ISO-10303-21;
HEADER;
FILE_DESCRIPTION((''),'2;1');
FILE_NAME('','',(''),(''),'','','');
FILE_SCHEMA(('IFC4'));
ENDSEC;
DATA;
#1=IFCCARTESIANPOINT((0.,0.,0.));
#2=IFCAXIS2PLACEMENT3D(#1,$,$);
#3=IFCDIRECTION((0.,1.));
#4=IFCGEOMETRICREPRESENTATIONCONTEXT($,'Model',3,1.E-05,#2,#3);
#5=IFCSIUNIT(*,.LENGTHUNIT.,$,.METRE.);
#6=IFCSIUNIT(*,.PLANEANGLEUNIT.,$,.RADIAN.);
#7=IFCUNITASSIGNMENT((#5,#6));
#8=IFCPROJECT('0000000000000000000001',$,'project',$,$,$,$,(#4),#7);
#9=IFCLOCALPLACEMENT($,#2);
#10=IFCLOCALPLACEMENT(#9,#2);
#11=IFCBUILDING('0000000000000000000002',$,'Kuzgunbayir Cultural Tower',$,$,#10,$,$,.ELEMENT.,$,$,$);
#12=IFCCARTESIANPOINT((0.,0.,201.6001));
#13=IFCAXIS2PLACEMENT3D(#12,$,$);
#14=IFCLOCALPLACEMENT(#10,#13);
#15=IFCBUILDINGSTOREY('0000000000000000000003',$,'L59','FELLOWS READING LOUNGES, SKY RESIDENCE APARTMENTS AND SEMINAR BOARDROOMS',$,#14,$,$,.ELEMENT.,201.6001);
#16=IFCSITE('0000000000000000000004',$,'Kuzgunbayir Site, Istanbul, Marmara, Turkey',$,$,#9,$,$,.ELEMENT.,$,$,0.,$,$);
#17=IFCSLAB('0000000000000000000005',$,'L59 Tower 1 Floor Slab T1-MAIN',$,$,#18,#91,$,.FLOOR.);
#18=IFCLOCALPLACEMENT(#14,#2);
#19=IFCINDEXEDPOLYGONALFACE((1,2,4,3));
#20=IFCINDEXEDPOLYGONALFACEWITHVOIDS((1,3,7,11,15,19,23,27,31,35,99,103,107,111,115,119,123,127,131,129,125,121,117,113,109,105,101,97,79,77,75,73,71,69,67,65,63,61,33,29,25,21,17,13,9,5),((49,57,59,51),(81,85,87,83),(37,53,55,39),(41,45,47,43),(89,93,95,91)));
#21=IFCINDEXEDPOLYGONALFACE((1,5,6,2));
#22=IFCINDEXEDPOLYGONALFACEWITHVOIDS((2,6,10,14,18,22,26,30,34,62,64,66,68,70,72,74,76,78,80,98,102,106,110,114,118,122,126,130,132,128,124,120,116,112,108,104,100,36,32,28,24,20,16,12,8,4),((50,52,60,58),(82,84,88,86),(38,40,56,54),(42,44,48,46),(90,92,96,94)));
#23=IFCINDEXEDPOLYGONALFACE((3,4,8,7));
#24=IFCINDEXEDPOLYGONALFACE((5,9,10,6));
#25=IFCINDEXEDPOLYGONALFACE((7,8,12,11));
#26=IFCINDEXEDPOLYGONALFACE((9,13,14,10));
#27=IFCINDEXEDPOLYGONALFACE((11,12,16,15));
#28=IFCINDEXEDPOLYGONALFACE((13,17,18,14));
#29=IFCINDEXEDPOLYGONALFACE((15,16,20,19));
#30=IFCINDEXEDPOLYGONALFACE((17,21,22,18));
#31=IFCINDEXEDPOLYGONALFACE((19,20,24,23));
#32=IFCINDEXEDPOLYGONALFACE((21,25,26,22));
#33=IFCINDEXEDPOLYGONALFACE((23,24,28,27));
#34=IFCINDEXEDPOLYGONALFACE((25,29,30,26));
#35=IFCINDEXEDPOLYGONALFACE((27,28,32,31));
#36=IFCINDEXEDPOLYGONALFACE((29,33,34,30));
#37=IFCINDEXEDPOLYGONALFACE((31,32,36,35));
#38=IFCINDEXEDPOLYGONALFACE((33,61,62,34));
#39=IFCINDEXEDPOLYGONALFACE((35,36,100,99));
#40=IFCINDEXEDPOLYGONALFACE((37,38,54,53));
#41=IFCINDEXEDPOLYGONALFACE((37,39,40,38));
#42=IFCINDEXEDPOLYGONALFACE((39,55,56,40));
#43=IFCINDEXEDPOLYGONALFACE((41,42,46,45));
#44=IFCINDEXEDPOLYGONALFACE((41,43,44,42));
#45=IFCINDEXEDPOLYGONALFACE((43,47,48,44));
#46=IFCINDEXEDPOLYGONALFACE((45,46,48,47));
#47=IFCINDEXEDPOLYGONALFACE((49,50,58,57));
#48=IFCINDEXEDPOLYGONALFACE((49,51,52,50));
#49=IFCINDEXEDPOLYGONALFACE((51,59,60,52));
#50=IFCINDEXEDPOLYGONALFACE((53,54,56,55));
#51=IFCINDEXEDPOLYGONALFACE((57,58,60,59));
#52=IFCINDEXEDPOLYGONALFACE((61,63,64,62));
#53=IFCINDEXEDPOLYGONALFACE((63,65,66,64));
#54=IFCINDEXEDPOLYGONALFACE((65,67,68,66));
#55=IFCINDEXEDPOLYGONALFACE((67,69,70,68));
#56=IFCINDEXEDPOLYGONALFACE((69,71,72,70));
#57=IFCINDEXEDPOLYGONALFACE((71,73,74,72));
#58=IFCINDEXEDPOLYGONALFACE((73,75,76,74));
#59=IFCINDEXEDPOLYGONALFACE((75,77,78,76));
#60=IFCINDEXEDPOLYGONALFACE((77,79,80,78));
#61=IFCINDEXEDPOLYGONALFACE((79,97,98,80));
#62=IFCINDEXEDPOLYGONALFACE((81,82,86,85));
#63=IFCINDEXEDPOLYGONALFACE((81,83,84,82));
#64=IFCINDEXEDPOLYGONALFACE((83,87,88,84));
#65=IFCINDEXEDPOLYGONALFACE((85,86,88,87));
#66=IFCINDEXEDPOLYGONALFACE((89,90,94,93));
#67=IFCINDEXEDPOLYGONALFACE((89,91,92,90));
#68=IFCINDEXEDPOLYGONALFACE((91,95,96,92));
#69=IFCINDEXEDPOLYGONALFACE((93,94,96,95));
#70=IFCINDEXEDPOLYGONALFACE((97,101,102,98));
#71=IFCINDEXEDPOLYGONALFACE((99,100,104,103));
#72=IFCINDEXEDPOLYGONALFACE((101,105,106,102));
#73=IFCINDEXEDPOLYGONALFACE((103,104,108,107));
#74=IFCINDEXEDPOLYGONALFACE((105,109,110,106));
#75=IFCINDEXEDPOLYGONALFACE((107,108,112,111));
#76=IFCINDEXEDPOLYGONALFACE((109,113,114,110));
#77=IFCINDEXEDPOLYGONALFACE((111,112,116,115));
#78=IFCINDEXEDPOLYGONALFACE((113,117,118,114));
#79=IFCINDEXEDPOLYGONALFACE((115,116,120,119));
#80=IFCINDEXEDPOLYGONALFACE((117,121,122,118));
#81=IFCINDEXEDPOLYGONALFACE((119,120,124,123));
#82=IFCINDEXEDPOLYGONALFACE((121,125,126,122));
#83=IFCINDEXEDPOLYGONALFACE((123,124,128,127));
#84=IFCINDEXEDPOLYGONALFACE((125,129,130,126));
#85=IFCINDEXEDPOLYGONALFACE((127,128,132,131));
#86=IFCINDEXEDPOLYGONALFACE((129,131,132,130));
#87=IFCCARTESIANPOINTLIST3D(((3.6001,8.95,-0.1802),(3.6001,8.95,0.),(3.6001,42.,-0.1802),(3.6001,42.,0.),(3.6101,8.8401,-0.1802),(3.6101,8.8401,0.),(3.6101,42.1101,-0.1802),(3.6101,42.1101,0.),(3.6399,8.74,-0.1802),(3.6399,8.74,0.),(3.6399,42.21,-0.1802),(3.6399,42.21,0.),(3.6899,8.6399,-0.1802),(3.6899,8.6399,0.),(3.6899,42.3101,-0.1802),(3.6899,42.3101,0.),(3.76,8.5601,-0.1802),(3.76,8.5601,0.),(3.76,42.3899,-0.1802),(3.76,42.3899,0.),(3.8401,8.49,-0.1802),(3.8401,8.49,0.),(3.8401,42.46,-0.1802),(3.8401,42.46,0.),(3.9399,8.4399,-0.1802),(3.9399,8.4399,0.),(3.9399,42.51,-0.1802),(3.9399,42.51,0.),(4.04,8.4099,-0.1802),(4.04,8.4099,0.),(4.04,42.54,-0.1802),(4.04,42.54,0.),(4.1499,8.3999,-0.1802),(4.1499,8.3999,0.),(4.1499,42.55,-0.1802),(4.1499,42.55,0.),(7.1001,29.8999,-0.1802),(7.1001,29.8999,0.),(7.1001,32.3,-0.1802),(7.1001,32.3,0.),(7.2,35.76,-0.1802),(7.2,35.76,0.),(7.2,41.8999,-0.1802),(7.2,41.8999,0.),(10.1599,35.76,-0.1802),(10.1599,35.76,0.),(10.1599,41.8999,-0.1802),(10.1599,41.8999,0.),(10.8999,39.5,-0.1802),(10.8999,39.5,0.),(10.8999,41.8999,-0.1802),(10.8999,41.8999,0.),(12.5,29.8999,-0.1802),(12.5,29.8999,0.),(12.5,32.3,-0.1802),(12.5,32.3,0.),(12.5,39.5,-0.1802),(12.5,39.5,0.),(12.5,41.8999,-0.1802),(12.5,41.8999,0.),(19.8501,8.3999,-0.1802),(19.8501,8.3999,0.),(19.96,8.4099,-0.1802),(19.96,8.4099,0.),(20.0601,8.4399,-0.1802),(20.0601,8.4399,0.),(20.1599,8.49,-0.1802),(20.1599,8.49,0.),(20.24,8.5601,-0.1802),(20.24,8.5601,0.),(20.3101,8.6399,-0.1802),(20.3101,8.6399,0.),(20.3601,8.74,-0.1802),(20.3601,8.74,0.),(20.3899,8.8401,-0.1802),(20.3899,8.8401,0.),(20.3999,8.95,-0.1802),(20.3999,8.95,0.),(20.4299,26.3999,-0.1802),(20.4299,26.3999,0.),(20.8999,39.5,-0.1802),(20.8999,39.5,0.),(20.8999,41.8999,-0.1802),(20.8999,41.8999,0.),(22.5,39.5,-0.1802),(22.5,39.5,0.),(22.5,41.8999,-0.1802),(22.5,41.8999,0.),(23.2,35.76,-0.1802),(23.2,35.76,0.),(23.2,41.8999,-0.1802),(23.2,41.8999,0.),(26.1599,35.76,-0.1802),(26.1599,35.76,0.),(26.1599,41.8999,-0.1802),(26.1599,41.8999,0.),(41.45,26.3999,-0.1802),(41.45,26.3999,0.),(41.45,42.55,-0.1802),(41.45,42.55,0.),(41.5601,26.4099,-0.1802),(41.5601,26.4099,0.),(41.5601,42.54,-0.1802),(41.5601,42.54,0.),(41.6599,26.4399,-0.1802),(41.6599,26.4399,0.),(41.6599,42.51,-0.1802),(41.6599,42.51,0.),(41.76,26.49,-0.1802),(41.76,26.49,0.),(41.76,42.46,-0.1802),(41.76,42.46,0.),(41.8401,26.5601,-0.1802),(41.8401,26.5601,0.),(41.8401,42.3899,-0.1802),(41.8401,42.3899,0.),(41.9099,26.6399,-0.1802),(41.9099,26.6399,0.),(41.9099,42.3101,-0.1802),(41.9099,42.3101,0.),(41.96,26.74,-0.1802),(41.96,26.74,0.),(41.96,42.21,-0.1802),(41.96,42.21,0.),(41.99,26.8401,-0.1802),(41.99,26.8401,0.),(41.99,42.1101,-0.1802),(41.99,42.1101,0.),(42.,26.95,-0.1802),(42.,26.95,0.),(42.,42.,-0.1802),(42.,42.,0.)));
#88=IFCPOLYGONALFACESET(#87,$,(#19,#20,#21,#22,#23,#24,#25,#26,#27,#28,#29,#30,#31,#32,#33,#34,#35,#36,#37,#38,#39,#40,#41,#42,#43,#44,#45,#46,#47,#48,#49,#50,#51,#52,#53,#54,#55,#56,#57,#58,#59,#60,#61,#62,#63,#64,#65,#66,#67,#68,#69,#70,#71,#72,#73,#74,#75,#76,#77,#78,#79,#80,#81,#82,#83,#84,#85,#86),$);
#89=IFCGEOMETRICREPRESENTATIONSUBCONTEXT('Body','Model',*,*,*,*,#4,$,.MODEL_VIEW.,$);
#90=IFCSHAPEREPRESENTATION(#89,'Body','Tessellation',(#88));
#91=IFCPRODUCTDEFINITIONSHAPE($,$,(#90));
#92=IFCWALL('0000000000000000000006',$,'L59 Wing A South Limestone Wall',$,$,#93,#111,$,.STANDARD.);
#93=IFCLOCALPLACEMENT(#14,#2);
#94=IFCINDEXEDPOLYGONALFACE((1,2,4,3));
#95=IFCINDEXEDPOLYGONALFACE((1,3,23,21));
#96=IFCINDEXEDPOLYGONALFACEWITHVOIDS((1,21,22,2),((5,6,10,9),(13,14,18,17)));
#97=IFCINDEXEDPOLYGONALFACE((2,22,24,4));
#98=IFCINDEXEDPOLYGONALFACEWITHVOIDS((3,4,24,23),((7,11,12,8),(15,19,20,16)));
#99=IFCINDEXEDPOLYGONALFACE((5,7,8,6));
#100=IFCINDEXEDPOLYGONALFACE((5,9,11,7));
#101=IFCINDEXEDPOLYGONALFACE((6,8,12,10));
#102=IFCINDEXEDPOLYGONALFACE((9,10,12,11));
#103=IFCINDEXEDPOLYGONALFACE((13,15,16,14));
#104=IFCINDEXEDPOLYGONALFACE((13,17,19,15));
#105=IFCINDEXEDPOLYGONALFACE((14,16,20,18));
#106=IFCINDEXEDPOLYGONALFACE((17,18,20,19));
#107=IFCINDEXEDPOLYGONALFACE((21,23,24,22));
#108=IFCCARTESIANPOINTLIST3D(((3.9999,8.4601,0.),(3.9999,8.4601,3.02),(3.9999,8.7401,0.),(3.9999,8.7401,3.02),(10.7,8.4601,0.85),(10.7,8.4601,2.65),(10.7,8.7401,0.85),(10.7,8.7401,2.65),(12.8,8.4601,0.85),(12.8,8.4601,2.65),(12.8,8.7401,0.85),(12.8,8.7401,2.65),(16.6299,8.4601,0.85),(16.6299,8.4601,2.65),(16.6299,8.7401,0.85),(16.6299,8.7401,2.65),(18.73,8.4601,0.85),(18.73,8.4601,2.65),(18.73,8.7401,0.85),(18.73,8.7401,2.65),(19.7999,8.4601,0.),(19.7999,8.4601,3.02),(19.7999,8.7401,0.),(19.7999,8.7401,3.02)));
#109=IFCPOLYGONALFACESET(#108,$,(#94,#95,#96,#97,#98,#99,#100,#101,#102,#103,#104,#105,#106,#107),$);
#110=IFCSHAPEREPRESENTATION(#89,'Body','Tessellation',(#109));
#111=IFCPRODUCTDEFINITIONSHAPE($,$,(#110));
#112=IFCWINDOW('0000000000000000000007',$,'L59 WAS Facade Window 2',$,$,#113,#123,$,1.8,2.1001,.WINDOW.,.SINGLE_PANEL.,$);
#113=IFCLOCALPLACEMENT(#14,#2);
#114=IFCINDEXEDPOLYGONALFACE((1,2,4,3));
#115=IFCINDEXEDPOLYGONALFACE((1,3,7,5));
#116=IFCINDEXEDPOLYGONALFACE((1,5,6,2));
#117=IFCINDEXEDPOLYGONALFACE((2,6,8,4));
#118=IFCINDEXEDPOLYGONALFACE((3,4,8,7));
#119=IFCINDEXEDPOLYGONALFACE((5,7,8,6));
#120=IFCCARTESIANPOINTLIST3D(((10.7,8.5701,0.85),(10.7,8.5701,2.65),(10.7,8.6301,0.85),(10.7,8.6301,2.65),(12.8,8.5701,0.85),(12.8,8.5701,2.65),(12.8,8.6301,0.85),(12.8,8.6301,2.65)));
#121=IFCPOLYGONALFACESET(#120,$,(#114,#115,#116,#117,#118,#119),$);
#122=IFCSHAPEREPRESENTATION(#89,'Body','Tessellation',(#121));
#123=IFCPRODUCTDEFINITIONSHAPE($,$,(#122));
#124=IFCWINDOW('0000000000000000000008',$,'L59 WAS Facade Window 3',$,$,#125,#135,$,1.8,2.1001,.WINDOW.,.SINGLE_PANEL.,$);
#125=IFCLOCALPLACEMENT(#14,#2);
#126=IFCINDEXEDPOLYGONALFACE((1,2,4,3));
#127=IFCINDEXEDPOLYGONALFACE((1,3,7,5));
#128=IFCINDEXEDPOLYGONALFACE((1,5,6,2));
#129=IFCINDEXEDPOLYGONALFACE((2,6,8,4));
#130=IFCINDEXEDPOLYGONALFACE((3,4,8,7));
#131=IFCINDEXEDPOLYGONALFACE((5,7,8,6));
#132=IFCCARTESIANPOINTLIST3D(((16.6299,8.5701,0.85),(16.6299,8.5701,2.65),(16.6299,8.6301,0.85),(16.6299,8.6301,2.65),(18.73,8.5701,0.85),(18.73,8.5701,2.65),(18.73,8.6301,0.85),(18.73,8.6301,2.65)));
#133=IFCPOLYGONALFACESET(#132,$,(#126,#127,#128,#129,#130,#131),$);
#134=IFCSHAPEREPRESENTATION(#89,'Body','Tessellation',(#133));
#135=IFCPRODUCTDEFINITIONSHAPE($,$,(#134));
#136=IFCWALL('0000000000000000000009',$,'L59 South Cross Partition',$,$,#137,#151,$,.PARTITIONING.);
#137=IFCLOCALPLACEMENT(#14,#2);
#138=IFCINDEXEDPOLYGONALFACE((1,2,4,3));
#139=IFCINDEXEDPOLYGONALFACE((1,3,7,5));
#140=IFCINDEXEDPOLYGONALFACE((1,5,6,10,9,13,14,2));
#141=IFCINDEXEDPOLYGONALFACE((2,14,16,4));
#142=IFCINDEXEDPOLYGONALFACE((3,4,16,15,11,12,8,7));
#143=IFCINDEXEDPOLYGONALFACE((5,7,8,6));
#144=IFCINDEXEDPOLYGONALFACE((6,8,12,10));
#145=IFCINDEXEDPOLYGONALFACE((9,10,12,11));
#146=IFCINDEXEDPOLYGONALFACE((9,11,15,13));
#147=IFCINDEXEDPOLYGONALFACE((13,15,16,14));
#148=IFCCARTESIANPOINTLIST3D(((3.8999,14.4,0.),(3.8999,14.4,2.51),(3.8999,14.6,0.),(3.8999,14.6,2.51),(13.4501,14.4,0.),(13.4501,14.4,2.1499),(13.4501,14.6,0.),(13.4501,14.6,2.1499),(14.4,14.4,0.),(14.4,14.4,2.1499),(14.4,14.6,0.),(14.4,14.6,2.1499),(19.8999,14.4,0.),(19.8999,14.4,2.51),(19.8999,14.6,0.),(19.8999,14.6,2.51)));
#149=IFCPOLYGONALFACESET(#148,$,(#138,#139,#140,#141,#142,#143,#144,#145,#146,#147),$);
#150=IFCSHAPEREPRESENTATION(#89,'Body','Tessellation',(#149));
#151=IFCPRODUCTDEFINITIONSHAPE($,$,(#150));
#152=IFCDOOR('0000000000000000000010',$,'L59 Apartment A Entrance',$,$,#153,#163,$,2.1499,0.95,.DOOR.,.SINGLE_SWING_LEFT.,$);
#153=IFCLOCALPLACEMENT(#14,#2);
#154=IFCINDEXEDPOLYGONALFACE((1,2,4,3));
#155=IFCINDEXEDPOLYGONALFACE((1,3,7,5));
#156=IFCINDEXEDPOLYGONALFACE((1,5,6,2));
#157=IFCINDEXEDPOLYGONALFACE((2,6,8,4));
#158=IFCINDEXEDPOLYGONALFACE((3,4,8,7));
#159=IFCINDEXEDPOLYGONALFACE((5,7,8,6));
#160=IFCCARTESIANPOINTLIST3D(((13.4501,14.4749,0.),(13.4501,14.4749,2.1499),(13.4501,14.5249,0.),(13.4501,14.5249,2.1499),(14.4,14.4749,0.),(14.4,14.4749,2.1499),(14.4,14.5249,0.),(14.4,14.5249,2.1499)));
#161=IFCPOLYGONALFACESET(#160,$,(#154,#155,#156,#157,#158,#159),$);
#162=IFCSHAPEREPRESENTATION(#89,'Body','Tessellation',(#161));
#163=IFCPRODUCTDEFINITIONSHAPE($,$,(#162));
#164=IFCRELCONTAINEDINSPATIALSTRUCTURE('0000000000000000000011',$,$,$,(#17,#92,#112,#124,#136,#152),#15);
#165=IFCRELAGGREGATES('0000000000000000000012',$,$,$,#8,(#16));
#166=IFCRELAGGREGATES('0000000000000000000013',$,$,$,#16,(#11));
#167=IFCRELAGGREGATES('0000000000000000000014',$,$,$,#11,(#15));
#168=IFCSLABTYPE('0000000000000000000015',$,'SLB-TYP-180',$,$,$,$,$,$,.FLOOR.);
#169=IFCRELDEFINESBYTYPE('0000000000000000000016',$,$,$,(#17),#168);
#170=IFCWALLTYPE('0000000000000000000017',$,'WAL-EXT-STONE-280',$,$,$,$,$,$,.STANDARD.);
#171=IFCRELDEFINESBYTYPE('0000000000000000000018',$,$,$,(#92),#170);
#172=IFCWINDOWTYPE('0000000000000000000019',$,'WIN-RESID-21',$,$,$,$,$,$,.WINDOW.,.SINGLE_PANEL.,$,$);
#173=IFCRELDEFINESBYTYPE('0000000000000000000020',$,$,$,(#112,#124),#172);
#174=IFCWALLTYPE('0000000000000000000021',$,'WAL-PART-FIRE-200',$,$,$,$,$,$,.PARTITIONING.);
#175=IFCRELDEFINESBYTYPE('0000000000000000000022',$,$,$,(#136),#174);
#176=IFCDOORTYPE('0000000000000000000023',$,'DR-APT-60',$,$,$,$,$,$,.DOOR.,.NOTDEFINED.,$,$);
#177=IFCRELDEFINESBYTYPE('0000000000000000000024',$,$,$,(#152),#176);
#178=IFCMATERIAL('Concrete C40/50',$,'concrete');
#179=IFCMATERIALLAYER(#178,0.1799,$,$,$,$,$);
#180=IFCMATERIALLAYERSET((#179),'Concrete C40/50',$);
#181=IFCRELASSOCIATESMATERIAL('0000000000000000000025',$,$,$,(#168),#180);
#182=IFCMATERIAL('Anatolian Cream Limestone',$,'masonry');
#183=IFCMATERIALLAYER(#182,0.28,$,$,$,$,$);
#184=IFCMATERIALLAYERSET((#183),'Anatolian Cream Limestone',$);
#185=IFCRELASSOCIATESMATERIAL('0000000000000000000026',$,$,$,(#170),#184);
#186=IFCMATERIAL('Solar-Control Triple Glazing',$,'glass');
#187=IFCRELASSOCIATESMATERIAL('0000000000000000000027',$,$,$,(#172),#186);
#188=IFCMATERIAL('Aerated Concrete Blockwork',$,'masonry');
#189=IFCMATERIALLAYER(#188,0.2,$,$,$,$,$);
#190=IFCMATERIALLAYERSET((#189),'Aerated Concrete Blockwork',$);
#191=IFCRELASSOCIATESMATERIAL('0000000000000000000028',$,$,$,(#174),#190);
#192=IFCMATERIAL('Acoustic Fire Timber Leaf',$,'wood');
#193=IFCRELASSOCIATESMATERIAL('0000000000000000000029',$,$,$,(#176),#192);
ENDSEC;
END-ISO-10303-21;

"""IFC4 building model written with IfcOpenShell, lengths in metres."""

from ifc_helpers import new_model, si_unit, direction, frame, frame_2d, origin, place, context, subcontext, project, spatial, polyline, rectangle, outline, extrude, material, layer, layer_set, type_object, element, fill, save


model = new_model("IFC4")

# Units and contexts
model_context = context("Model", 3, precision=1e-05, world=origin(), true_north=direction((0.0, 1.0)))
body_context = subcontext(model_context, "Body", "Model", "MODEL_VIEW")
ifc_project = project(units=[si_unit("LENGTHUNIT", "METRE"), si_unit("PLANEANGLEUNIT", "RADIAN")], contexts=[model_context])

# Site, building, storey
site_placement = place(None, origin())
site = spatial("IfcSite", under=ifc_project, at=site_placement, Name="Kuzgunbayir Site, Istanbul, Marmara, Turkey", CompositionType="ELEMENT", RefElevation=0.0)
building_placement = place(site_placement, origin())
building = spatial("IfcBuilding", under=site, at=building_placement, Name="Kuzgunbayir Cultural Tower", CompositionType="ELEMENT")
storey_placement = place(building_placement, frame((0.0, 0.0, 201.6001)))
storey = spatial("IfcBuildingStorey", under=building, at=storey_placement, Name="L59", Description="FELLOWS READING LOUNGES, SKY RESIDENCE APARTMENTS AND SEMINAR BOARDROOMS", CompositionType="ELEMENT", Elevation=201.6001)

# Shared definitions
ifc_material_1 = material(Name="Concrete C40/50", Category="concrete")

# Slab
ifc_layer_1 = layer(ifc_material_1, 0.1799)
ifc_layer_set_1 = layer_set([ifc_layer_1], Name="Concrete C40/50")
slab_type_1 = type_object("IfcSlabType", Name="SLB-TYP-180", PredefinedType="FLOOR", material=ifc_layer_set_1)
slab_1_placement = place(storey_placement, frame((0.0, 0.0, -0.1802)))
element("IfcSlab", 1, at=slab_1_placement, inside=storey, type_object=slab_type_1, Name="L59 Tower 1 Floor Slab T1-MAIN", PredefinedType="FLOOR", context=body_context, shape_type="SweptSolid", body=[
    extrude(outline(polyline([(20.3999, 8.95), (20.3899, 8.8401), (20.3601, 8.74), (20.3101, 8.6399), (20.24, 8.5601), (20.1599, 8.49), (20.0601, 8.4399), (19.96, 8.4099), (19.8501, 8.3999), (4.1499, 8.3999), (4.04, 8.4099), (3.9399, 8.4399), (3.8401, 8.49), (3.76, 8.5601), (3.6899, 8.6399), (3.6399, 8.74), (3.6101, 8.8401), (3.6001, 8.95), (3.6001, 42.0), (3.6101, 42.1101), (3.6399, 42.21), (3.6899, 42.3101), (3.76, 42.3899), (3.8401, 42.46), (3.9399, 42.51), (4.04, 42.54), (4.1499, 42.55), (41.45, 42.55), (41.5601, 42.54), (41.6599, 42.51), (41.76, 42.46), (41.8401, 42.3899), (41.9099, 42.3101), (41.96, 42.21), (41.99, 42.1101), (42.0, 42.0), (42.0, 26.95), (41.99, 26.8401), (41.96, 26.74), (41.9099, 26.6399), (41.8401, 26.5601), (41.76, 26.49), (41.6599, 26.4399), (41.5601, 26.4099), (41.45, 26.3999), (20.4299, 26.3999), (20.3999, 8.95)]), holes=[polyline([(7.2, 35.76), (7.2, 41.8999), (10.1599, 41.8999), (10.1599, 35.76), (7.2, 35.76)]), polyline([(23.2, 35.76), (23.2, 41.8999), (26.1599, 41.8999), (26.1599, 35.76), (23.2, 35.76)]), polyline([(7.1001, 29.8999), (7.1001, 32.3), (12.5, 32.3), (12.5, 29.8999), (7.1001, 29.8999)]), polyline([(10.8999, 39.5), (10.8999, 41.8999), (12.5, 41.8999), (12.5, 39.5), (10.8999, 39.5)]), polyline([(20.8999, 39.5), (20.8999, 41.8999), (22.5, 41.8999), (22.5, 39.5), (20.8999, 39.5)])]), origin(), (0.0, 0.0, 1.0), 0.1802),
])

# Wall, openings, windows
ifc_material_2 = material(Name="Anatolian Cream Limestone", Category="masonry")
ifc_layer_2 = layer(ifc_material_2, 0.28)
ifc_layer_set_2 = layer_set([ifc_layer_2], Name="Anatolian Cream Limestone")
wall_type_1 = type_object("IfcWallType", Name="WAL-EXT-STONE-280", PredefinedType="STANDARD", material=ifc_layer_set_2)
wall_1_placement = place(storey_placement, frame((4.0, 8.6001, 0.0), z_axis=(0.0, 0.0, 1.0), x_axis=(1.0, 0.0, 0.0)))
wall_1 = element("IfcWall", 2, at=wall_1_placement, inside=storey, type_object=wall_type_1, Name="L59 Wing A South Limestone Wall", PredefinedType="STANDARD", context=body_context, shape_type="SweptSolid", body=[
    extrude(rectangle(XDim=15.8, YDim=0.28, at=frame_2d((7.8999, 0.0))), origin(), (0.0, 0.0, 1.0), 3.02),
])
opening_1_placement = place(wall_1_placement, frame((6.7, 0.0, 0.8501)))
opening_1 = element("IfcOpeningElement", 3, at=opening_1_placement, cuts=wall_1, PredefinedType="OPENING", context=body_context, shape_type="SweptSolid", body=[
    extrude(rectangle(XDim=2.1001, YDim=1.8, at=frame_2d((1.05, 0.8999))), frame((0.0, 0.1499, 0.0), z_axis=(0.0, -1.0, 0.0), x_axis=(1.0, 0.0, 0.0)), (0.0, 0.0, 1.0), 0.3),
])
opening_2_placement = place(wall_1_placement, frame((12.6299, 0.0, 0.8501)))
opening_2 = element("IfcOpeningElement", 4, at=opening_2_placement, cuts=wall_1, PredefinedType="OPENING", context=body_context, shape_type="SweptSolid", body=[
    extrude(rectangle(XDim=2.1001, YDim=1.8, at=frame_2d((1.05, 0.8999))), frame((0.0, 0.1499, 0.0), z_axis=(0.0, -1.0, 0.0), x_axis=(1.0, 0.0, 0.0)), (0.0, 0.0, 1.0), 0.3),
])
ifc_material_3 = material(Name="Solar-Control Triple Glazing", Category="glass")
window_type = type_object("IfcWindowType", Name="WIN-RESID-21", PartitioningType="SINGLE_PANEL", PredefinedType="WINDOW", material=ifc_material_3)
window_1_placement = place(opening_1_placement, origin())
window_1 = element("IfcWindow", 5, at=window_1_placement, inside=storey, type_object=window_type, Name="L59 WAS Facade Window 2", OverallHeight=1.8, OverallWidth=2.1001, PartitioningType="SINGLE_PANEL", PredefinedType="WINDOW", context=body_context, shape_type="SweptSolid", body=[
    extrude(rectangle(XDim=2.1001, YDim=1.8, at=frame_2d((1.05, 0.8999))), frame((0.0, 0.03, 0.0), z_axis=(0.0, -1.0, 0.0), x_axis=(1.0, 0.0, 0.0)), (0.0, 0.0, 1.0), 0.0601),
])
fill(opening_1, window_1)
window_2_placement = place(opening_2_placement, origin())
window_2 = element("IfcWindow", 6, at=window_2_placement, inside=storey, type_object=window_type, Name="L59 WAS Facade Window 3", OverallHeight=1.8, OverallWidth=2.1001, PartitioningType="SINGLE_PANEL", PredefinedType="WINDOW", context=body_context, shape_type="SweptSolid", body=[
    extrude(rectangle(XDim=2.1001, YDim=1.8, at=frame_2d((1.05, 0.8999))), frame((0.0, 0.03, 0.0), z_axis=(0.0, -1.0, 0.0), x_axis=(1.0, 0.0, 0.0)), (0.0, 0.0, 1.0), 0.0601),
])
fill(opening_2, window_2)

# Shared definitions
ifc_material_4 = material(Name="Aerated Concrete Blockwork", Category="masonry")
ifc_layer_3 = layer(ifc_material_4, 0.2)
ifc_layer_set_3 = layer_set([ifc_layer_3], Name="Aerated Concrete Blockwork")
wall_type_2 = type_object("IfcWallType", Name="WAL-PART-FIRE-200", PredefinedType="PARTITIONING", material=ifc_layer_set_3)

# Wall, opening, door
wall_2_placement = place(storey_placement, frame((3.8999, 14.5, 0.0), z_axis=(0.0, 0.0, 1.0), x_axis=(1.0, 0.0, 0.0)))
wall_2 = element("IfcWall", 7, at=wall_2_placement, inside=storey, type_object=wall_type_2, Name="L59 South Cross Partition", PredefinedType="PARTITIONING", context=body_context, shape_type="SweptSolid", body=[
    extrude(rectangle(XDim=16.0, YDim=0.2, at=frame_2d((8.0, 0.0))), origin(), (0.0, 0.0, 1.0), 2.51),
])
opening_3_placement = place(wall_2_placement, frame((9.55, 0.0, 0.0)))
opening_3 = element("IfcOpeningElement", 8, at=opening_3_placement, cuts=wall_2, PredefinedType="OPENING", context=body_context, shape_type="SweptSolid", body=[
    extrude(rectangle(XDim=0.95, YDim=2.1499, at=frame_2d((0.4751, 1.075))), frame((0.0, 0.1099, 0.0), z_axis=(0.0, -1.0, 0.0), x_axis=(1.0, 0.0, 0.0)), (0.0, 0.0, 1.0), 0.22),
])
ifc_material_5 = material(Name="Acoustic Fire Timber Leaf", Category="wood")
door_type_1 = type_object("IfcDoorType", Name="DR-APT-60", OperationType="NOTDEFINED", PredefinedType="DOOR", material=ifc_material_5)
door_1_placement = place(opening_3_placement, origin())
door_1 = element("IfcDoor", 9, at=door_1_placement, inside=storey, type_object=door_type_1, Name="L59 Apartment A Entrance", OperationType="SINGLE_SWING_LEFT", OverallHeight=2.1499, OverallWidth=0.95, PredefinedType="DOOR", context=body_context, shape_type="SweptSolid", body=[
    extrude(rectangle(XDim=0.95, YDim=2.1499, at=frame_2d((0.4751, 1.075))), frame((0.0, 0.0249, 0.0), z_axis=(0.0, -1.0, 0.0), x_axis=(1.0, 0.0, 0.0)), (0.0, 0.0, 1.0), 0.05),
])
fill(opening_3, door_1)

save(model, "model.ifc")
